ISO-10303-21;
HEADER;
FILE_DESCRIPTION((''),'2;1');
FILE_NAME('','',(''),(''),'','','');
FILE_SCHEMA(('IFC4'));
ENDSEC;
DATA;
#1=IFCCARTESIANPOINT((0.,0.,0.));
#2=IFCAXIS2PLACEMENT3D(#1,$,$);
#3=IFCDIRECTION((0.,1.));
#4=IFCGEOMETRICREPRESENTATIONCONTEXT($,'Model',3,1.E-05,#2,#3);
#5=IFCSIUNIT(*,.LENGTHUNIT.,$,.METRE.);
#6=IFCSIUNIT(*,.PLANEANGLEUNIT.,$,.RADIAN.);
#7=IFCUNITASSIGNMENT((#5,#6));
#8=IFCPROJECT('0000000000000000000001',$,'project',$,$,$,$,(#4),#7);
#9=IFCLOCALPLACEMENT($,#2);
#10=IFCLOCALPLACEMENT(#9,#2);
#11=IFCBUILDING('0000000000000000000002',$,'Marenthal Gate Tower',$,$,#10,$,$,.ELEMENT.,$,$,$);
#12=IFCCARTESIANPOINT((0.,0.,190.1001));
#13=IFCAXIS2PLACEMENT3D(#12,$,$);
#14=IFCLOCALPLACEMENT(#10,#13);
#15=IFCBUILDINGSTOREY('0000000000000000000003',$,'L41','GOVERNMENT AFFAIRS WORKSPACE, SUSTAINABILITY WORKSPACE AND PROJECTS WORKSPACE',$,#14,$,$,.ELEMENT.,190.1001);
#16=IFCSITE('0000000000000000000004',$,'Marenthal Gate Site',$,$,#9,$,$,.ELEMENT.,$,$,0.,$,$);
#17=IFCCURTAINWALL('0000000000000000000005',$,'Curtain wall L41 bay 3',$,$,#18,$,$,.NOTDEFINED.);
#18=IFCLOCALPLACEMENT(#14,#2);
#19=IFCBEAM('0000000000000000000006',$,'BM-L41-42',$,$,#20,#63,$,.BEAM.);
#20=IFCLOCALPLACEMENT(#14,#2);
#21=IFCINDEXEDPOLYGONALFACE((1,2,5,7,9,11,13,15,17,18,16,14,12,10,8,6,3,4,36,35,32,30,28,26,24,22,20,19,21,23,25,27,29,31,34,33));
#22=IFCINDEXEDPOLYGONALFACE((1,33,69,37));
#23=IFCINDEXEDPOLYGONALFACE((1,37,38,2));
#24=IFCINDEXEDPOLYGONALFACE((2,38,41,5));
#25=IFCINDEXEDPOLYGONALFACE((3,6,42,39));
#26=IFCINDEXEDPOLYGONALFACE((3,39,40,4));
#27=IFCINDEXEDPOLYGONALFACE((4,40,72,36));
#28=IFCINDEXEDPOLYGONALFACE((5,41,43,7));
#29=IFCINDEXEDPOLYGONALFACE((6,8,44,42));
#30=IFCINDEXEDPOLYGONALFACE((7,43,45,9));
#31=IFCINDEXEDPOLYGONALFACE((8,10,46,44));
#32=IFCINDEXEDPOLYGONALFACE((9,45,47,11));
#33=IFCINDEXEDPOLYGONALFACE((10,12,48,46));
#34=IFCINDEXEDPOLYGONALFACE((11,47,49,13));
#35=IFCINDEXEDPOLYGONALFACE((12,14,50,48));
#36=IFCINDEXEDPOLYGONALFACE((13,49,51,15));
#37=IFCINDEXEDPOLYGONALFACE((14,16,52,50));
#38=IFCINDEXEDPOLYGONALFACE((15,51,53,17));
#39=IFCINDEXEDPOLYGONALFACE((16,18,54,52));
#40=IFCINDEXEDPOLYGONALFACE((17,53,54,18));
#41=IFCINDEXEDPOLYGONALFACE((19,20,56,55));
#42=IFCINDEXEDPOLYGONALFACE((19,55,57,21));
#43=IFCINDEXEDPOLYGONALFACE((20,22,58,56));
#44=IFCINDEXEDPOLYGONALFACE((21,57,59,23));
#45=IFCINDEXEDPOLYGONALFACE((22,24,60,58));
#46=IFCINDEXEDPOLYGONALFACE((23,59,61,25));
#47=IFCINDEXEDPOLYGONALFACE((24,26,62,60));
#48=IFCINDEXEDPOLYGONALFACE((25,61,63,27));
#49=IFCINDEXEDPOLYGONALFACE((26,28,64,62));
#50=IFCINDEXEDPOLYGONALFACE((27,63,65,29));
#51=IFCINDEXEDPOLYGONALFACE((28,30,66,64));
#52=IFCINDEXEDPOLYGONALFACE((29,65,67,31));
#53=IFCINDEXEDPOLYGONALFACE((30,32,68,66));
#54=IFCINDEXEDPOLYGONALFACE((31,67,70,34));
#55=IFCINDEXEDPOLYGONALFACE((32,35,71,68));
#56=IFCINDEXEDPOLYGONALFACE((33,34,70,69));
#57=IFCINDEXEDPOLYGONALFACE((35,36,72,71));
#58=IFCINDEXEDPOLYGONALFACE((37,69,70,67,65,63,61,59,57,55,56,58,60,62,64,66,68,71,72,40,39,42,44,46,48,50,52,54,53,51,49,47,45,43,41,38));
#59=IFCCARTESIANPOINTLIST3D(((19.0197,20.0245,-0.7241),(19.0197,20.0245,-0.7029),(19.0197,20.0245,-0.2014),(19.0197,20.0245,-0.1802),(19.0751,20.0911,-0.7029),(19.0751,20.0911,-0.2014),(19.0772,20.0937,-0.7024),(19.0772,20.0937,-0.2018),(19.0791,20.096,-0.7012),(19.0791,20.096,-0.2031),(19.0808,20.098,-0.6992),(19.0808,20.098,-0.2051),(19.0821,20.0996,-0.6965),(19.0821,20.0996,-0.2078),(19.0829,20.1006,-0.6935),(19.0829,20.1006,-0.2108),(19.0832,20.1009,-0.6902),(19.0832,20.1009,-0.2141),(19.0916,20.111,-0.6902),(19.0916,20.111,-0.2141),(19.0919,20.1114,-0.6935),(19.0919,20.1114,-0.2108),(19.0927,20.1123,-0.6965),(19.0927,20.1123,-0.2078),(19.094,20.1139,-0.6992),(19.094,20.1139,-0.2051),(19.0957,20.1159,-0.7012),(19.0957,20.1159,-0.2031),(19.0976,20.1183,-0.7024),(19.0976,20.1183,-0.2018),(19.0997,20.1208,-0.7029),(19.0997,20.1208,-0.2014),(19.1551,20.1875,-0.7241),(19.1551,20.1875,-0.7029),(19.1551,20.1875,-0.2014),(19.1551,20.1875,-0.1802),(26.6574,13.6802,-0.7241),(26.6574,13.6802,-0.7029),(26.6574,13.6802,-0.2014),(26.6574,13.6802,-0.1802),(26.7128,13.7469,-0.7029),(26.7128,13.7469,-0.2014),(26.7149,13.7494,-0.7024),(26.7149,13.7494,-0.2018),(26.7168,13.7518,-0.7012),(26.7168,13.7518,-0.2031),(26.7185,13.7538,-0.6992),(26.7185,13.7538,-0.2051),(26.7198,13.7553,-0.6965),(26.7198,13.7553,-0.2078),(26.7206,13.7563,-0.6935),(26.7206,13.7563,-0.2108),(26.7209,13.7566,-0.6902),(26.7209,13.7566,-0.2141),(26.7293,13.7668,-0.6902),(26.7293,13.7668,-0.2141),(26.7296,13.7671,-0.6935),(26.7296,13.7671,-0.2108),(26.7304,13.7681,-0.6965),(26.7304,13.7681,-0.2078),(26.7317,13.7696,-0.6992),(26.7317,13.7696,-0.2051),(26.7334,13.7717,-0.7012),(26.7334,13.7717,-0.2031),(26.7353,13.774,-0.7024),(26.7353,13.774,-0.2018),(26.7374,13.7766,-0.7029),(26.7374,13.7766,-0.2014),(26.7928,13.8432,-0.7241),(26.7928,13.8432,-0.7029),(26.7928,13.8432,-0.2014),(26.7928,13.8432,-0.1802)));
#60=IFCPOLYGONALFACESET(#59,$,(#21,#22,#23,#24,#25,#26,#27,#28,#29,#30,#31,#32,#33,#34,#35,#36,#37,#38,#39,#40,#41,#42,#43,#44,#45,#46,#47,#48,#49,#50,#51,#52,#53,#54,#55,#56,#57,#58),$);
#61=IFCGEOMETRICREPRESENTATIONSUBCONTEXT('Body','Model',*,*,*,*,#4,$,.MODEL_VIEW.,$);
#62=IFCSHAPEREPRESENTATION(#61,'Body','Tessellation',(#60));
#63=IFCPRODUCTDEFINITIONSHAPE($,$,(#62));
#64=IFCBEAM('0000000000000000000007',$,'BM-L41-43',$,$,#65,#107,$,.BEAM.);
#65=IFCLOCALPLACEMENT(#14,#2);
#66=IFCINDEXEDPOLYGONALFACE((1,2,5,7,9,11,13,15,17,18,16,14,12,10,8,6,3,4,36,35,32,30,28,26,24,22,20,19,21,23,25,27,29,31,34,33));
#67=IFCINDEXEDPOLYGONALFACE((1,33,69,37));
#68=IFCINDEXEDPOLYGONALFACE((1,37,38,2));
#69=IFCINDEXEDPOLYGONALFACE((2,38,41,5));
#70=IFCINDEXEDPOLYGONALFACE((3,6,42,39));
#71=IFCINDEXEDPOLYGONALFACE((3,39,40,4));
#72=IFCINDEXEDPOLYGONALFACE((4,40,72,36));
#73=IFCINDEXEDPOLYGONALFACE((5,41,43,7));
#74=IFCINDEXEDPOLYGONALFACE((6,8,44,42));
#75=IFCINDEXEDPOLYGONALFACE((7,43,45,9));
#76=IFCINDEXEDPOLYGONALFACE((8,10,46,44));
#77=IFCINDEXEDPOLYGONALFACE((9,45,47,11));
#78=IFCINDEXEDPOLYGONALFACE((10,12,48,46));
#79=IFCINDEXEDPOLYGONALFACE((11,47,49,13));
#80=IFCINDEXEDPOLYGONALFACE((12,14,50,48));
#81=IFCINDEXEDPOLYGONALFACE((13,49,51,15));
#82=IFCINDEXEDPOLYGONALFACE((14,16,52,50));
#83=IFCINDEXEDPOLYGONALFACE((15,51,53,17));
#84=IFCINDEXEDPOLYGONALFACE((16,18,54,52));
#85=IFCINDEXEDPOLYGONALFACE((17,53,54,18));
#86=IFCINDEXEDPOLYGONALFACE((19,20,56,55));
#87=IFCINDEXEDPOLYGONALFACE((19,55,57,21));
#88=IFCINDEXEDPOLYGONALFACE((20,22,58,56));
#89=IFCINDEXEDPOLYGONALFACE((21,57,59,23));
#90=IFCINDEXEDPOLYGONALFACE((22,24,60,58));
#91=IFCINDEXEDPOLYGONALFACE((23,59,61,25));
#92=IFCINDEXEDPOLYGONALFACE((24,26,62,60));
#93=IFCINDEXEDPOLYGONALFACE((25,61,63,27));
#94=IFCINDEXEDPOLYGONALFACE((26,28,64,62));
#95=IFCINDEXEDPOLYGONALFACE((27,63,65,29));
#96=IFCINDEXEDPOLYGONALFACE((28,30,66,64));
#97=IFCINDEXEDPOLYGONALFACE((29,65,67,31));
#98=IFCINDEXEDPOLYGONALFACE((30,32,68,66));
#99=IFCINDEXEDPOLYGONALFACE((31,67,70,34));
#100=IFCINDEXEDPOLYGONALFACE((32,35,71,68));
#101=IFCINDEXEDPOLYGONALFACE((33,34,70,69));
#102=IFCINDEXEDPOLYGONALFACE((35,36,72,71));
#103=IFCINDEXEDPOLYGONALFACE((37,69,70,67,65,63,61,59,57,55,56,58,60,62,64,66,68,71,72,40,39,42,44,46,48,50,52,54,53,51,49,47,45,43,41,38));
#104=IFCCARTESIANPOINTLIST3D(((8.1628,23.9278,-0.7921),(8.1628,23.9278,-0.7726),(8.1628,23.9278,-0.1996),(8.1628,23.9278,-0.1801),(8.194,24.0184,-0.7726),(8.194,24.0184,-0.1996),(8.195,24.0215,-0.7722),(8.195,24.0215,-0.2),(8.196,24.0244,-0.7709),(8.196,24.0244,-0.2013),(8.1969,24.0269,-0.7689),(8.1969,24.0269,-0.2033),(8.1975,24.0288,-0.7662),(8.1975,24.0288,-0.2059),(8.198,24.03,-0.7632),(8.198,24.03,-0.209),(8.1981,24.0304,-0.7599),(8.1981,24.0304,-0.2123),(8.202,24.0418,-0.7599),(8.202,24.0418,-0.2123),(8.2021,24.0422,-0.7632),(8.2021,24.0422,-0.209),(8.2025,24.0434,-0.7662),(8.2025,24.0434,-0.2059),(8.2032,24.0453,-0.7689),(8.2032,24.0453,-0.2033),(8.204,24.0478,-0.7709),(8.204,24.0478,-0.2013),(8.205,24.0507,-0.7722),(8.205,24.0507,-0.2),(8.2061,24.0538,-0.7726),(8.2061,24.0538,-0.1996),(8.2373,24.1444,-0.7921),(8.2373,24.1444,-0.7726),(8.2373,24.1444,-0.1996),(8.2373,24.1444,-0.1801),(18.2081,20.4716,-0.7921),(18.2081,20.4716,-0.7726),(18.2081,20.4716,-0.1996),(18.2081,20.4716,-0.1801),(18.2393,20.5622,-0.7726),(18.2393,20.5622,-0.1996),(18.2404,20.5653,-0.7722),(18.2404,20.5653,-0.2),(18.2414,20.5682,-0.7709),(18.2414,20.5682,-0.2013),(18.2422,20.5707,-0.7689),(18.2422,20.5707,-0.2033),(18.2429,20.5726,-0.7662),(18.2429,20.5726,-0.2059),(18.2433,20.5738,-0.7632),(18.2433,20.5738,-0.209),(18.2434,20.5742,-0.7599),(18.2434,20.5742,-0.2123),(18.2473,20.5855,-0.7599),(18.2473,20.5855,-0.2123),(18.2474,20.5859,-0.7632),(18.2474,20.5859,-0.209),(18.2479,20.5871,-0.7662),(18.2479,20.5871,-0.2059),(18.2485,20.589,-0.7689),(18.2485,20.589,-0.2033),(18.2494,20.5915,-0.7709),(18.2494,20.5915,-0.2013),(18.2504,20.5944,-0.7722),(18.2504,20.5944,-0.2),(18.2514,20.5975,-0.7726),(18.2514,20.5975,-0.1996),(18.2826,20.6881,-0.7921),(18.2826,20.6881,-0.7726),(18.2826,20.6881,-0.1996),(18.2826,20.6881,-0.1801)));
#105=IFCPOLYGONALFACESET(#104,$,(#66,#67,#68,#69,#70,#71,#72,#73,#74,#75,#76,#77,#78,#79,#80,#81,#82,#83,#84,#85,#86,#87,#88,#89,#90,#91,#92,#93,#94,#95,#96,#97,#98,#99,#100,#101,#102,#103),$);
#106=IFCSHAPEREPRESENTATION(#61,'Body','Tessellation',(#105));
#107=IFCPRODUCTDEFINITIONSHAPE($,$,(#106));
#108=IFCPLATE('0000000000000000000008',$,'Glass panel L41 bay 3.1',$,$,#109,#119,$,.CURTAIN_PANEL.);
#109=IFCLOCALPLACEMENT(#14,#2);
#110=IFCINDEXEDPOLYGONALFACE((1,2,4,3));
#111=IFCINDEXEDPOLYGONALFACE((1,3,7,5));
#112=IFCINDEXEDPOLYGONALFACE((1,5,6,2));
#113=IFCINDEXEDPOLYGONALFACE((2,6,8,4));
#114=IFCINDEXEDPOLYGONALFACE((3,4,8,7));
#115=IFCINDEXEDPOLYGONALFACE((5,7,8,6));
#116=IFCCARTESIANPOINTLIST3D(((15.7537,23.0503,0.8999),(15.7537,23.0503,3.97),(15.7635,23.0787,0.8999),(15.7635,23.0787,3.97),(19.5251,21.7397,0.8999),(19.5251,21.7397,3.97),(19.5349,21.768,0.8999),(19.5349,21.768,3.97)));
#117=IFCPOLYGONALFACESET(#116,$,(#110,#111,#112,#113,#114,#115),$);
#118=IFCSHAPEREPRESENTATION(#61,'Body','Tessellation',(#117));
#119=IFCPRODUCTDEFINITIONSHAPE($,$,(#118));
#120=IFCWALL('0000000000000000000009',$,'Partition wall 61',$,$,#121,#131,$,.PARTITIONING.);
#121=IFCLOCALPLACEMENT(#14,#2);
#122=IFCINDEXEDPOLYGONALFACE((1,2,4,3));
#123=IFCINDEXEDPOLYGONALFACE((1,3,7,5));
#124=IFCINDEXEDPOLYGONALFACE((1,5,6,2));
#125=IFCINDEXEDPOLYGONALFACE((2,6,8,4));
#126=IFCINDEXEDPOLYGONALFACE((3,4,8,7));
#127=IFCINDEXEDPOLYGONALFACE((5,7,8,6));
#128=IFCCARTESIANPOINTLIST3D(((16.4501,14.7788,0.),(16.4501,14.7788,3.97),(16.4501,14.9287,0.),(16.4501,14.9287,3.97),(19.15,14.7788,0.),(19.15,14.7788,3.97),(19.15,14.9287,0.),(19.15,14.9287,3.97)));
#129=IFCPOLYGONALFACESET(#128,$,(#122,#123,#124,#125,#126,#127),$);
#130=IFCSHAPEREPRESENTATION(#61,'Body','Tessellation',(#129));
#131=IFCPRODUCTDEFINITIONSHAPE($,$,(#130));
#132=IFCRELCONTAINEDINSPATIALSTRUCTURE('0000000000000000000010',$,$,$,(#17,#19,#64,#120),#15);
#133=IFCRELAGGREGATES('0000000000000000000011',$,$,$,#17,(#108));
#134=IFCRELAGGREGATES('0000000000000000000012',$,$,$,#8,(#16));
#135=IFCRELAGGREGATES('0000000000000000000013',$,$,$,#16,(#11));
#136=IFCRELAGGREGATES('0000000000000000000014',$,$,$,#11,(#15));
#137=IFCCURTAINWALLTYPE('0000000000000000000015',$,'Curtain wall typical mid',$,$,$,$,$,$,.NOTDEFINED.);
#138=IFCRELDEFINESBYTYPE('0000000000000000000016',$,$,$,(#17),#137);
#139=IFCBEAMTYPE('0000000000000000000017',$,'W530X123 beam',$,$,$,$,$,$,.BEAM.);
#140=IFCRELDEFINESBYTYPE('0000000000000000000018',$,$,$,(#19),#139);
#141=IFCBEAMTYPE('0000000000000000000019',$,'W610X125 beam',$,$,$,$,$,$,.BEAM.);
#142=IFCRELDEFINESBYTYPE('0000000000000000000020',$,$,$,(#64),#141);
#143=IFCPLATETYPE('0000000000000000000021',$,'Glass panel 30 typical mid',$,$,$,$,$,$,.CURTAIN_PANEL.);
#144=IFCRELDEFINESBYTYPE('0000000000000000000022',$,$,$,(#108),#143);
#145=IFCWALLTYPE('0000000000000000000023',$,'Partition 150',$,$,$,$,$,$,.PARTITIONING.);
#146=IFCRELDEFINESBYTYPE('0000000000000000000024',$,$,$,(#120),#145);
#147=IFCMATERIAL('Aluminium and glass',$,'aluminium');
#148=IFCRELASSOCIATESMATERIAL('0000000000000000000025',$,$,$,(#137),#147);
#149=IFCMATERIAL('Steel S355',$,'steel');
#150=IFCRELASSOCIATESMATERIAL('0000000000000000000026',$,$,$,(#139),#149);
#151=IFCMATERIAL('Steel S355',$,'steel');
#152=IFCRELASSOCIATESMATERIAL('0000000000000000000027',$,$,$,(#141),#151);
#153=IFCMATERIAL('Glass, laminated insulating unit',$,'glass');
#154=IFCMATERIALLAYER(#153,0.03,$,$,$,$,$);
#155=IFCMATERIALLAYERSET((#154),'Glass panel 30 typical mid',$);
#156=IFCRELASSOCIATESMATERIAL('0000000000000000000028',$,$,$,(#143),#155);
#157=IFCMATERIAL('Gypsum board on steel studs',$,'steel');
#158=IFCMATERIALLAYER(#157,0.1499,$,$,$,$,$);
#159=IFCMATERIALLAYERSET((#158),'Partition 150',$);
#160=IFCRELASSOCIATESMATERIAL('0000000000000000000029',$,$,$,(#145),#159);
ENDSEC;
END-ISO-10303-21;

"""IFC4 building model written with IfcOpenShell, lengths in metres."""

from ifc_helpers import new_model, si_unit, direction, frame, frame_2d, origin, origin_2d, place, context, subcontext, project, spatial, rectangle, i_section, extrude, material, layer, layer_set, material_profile, profile_set, type_object, element, aggregate, save


model = new_model("IFC4")

# Units and contexts
model_context = context("Model", 3, precision=1e-05, world=origin(), true_north=direction((0.0, 1.0)))
body_context = subcontext(model_context, "Body", "Model", "MODEL_VIEW")
ifc_project = project(units=[si_unit("LENGTHUNIT", "METRE"), si_unit("PLANEANGLEUNIT", "RADIAN")], contexts=[model_context])

# Site, building, storey
site_placement = place(None, origin())
site = spatial("IfcSite", under=ifc_project, at=site_placement, Name="Marenthal Gate Site", CompositionType="ELEMENT", RefElevation=0.0)
building_placement = place(site_placement, origin())
building = spatial("IfcBuilding", under=site, at=building_placement, Name="Marenthal Gate Tower", CompositionType="ELEMENT")
storey_placement = place(building_placement, frame((0.0, 0.0, 190.1001)))
storey = spatial("IfcBuildingStorey", under=building, at=storey_placement, Name="L41", Description="GOVERNMENT AFFAIRS WORKSPACE, SUSTAINABILITY WORKSPACE AND PROJECTS WORKSPACE", CompositionType="ELEMENT", Elevation=190.1001)

# Shared definitions
ifc_material_1 = material(Name="Aluminium and glass", Category="aluminium")
curtain_wall_type = type_object("IfcCurtainWallType", Name="Curtain wall typical mid", PredefinedType="NOTDEFINED", material=ifc_material_1)

# Curtain wall
curtain_wall_1_placement = place(storey_placement, origin())
curtain_wall_1 = element("IfcCurtainWall", 1, at=curtain_wall_1_placement, inside=storey, type_object=curtain_wall_type, Name="Curtain wall L41 bay 3", PredefinedType="NOTDEFINED")

# Beams
ifc_material_2 = material(Name="Steel S355", Category="steel")
ifc_material_profile_1 = material_profile(ifc_material_2, i_section(OverallWidth=0.2119, OverallDepth=0.5439, WebThickness=0.0132, FlangeThickness=0.0212, FilletRadius=0.0127, at=origin_2d()), Name="W530X123")
ifc_profile_set_1 = profile_set([ifc_material_profile_1], Name="Steel S355")
beam_type_1 = type_object("IfcBeamType", Name="W530X123 beam", PredefinedType="BEAM", material=ifc_profile_set_1)
beam_1_placement = place(storey_placement, frame((26.7251, 13.7617, -0.4521), z_axis=(-0.769236, 0.638965, 0.0), x_axis=(-0.638965, -0.769236, 0.0)))
element("IfcBeam", 2, at=beam_1_placement, inside=storey, type_object=beam_type_1, Name="BM-L41-42", PredefinedType="BEAM", context=body_context, shape_type="SweptSolid", body=[
    extrude(i_section(OverallWidth=0.2119, OverallDepth=0.5439, WebThickness=0.0132, FlangeThickness=0.0212, FilletRadius=0.0127, at=origin_2d()), origin(), (0.0, 0.0, 1.0), 9.929),
])
ifc_material_3 = material(Name="Steel S355", Category="steel")
ifc_material_profile_2 = material_profile(ifc_material_3, i_section(OverallWidth=0.229, OverallDepth=0.6121, WebThickness=0.012, FlangeThickness=0.0195, FilletRadius=0.0127, at=origin_2d()), Name="W610X125")
ifc_profile_set_2 = profile_set([ifc_material_profile_2], Name="Steel S355")
beam_type_2 = type_object("IfcBeamType", Name="W610X125 beam", PredefinedType="BEAM", material=ifc_profile_set_2)
beam_2_placement = place(storey_placement, frame((18.2454, 20.5798, -0.4861), z_axis=(-0.945594, 0.325348, 0.0), x_axis=(-0.325348, -0.945594, 0.0)))
element("IfcBeam", 3, at=beam_2_placement, inside=storey, type_object=beam_type_2, Name="BM-L41-43", PredefinedType="BEAM", context=body_context, shape_type="SweptSolid", body=[
    extrude(i_section(OverallWidth=0.229, OverallDepth=0.6121, WebThickness=0.012, FlangeThickness=0.0195, FilletRadius=0.0127, at=origin_2d()), origin(), (0.0, 0.0, 1.0), 10.6233),
])

# Plate
ifc_material_4 = material(Name="Glass, laminated insulating unit", Category="glass")
ifc_layer_1 = layer(ifc_material_4, 0.03)
ifc_layer_set_1 = layer_set([ifc_layer_1], Name="Glass panel 30 typical mid")
plate_type = type_object("IfcPlateType", Name="Glass panel 30 typical mid", PredefinedType="CURTAIN_PANEL", material=ifc_layer_set_1)
plate_placement = place(storey_placement, frame((17.6443, 22.4092, 0.8999), z_axis=(0.0, 0.0, 1.0), x_axis=(-0.944583, 0.328273, 0.0)))
plate = element("IfcPlate", 4, at=plate_placement, type_object=plate_type, Name="Glass panel L41 bay 3.1", PredefinedType="CURTAIN_PANEL", context=body_context, shape_type="SweptSolid", body=[
    extrude(rectangle(XDim=3.9927, YDim=0.03, at=origin_2d()), origin(), (0.0, 0.0, 1.0), 3.0701),
])
aggregate(curtain_wall_1, [plate])

# Wall
ifc_material_5 = material(Name="Gypsum board on steel studs", Category="steel")
ifc_layer_2 = layer(ifc_material_5, 0.1499)
ifc_layer_set_2 = layer_set([ifc_layer_2], Name="Partition 150")
wall_type_1 = type_object("IfcWallType", Name="Partition 150", PredefinedType="PARTITIONING", material=ifc_layer_set_2)
wall_1_placement = place(storey_placement, frame((16.45, 14.8538, 0.0), z_axis=(0.0, 0.0, 1.0), x_axis=(1.0, 0.0, 0.0)))
element("IfcWall", 5, at=wall_1_placement, inside=storey, type_object=wall_type_1, Name="Partition wall 61", PredefinedType="PARTITIONING", context=body_context, shape_type="SweptSolid", body=[
    extrude(rectangle(XDim=2.7, YDim=0.1499, at=frame_2d((1.3501, 0.0))), origin(), (0.0, 0.0, 1.0), 3.97),
])

save(model, "model.ifc")
